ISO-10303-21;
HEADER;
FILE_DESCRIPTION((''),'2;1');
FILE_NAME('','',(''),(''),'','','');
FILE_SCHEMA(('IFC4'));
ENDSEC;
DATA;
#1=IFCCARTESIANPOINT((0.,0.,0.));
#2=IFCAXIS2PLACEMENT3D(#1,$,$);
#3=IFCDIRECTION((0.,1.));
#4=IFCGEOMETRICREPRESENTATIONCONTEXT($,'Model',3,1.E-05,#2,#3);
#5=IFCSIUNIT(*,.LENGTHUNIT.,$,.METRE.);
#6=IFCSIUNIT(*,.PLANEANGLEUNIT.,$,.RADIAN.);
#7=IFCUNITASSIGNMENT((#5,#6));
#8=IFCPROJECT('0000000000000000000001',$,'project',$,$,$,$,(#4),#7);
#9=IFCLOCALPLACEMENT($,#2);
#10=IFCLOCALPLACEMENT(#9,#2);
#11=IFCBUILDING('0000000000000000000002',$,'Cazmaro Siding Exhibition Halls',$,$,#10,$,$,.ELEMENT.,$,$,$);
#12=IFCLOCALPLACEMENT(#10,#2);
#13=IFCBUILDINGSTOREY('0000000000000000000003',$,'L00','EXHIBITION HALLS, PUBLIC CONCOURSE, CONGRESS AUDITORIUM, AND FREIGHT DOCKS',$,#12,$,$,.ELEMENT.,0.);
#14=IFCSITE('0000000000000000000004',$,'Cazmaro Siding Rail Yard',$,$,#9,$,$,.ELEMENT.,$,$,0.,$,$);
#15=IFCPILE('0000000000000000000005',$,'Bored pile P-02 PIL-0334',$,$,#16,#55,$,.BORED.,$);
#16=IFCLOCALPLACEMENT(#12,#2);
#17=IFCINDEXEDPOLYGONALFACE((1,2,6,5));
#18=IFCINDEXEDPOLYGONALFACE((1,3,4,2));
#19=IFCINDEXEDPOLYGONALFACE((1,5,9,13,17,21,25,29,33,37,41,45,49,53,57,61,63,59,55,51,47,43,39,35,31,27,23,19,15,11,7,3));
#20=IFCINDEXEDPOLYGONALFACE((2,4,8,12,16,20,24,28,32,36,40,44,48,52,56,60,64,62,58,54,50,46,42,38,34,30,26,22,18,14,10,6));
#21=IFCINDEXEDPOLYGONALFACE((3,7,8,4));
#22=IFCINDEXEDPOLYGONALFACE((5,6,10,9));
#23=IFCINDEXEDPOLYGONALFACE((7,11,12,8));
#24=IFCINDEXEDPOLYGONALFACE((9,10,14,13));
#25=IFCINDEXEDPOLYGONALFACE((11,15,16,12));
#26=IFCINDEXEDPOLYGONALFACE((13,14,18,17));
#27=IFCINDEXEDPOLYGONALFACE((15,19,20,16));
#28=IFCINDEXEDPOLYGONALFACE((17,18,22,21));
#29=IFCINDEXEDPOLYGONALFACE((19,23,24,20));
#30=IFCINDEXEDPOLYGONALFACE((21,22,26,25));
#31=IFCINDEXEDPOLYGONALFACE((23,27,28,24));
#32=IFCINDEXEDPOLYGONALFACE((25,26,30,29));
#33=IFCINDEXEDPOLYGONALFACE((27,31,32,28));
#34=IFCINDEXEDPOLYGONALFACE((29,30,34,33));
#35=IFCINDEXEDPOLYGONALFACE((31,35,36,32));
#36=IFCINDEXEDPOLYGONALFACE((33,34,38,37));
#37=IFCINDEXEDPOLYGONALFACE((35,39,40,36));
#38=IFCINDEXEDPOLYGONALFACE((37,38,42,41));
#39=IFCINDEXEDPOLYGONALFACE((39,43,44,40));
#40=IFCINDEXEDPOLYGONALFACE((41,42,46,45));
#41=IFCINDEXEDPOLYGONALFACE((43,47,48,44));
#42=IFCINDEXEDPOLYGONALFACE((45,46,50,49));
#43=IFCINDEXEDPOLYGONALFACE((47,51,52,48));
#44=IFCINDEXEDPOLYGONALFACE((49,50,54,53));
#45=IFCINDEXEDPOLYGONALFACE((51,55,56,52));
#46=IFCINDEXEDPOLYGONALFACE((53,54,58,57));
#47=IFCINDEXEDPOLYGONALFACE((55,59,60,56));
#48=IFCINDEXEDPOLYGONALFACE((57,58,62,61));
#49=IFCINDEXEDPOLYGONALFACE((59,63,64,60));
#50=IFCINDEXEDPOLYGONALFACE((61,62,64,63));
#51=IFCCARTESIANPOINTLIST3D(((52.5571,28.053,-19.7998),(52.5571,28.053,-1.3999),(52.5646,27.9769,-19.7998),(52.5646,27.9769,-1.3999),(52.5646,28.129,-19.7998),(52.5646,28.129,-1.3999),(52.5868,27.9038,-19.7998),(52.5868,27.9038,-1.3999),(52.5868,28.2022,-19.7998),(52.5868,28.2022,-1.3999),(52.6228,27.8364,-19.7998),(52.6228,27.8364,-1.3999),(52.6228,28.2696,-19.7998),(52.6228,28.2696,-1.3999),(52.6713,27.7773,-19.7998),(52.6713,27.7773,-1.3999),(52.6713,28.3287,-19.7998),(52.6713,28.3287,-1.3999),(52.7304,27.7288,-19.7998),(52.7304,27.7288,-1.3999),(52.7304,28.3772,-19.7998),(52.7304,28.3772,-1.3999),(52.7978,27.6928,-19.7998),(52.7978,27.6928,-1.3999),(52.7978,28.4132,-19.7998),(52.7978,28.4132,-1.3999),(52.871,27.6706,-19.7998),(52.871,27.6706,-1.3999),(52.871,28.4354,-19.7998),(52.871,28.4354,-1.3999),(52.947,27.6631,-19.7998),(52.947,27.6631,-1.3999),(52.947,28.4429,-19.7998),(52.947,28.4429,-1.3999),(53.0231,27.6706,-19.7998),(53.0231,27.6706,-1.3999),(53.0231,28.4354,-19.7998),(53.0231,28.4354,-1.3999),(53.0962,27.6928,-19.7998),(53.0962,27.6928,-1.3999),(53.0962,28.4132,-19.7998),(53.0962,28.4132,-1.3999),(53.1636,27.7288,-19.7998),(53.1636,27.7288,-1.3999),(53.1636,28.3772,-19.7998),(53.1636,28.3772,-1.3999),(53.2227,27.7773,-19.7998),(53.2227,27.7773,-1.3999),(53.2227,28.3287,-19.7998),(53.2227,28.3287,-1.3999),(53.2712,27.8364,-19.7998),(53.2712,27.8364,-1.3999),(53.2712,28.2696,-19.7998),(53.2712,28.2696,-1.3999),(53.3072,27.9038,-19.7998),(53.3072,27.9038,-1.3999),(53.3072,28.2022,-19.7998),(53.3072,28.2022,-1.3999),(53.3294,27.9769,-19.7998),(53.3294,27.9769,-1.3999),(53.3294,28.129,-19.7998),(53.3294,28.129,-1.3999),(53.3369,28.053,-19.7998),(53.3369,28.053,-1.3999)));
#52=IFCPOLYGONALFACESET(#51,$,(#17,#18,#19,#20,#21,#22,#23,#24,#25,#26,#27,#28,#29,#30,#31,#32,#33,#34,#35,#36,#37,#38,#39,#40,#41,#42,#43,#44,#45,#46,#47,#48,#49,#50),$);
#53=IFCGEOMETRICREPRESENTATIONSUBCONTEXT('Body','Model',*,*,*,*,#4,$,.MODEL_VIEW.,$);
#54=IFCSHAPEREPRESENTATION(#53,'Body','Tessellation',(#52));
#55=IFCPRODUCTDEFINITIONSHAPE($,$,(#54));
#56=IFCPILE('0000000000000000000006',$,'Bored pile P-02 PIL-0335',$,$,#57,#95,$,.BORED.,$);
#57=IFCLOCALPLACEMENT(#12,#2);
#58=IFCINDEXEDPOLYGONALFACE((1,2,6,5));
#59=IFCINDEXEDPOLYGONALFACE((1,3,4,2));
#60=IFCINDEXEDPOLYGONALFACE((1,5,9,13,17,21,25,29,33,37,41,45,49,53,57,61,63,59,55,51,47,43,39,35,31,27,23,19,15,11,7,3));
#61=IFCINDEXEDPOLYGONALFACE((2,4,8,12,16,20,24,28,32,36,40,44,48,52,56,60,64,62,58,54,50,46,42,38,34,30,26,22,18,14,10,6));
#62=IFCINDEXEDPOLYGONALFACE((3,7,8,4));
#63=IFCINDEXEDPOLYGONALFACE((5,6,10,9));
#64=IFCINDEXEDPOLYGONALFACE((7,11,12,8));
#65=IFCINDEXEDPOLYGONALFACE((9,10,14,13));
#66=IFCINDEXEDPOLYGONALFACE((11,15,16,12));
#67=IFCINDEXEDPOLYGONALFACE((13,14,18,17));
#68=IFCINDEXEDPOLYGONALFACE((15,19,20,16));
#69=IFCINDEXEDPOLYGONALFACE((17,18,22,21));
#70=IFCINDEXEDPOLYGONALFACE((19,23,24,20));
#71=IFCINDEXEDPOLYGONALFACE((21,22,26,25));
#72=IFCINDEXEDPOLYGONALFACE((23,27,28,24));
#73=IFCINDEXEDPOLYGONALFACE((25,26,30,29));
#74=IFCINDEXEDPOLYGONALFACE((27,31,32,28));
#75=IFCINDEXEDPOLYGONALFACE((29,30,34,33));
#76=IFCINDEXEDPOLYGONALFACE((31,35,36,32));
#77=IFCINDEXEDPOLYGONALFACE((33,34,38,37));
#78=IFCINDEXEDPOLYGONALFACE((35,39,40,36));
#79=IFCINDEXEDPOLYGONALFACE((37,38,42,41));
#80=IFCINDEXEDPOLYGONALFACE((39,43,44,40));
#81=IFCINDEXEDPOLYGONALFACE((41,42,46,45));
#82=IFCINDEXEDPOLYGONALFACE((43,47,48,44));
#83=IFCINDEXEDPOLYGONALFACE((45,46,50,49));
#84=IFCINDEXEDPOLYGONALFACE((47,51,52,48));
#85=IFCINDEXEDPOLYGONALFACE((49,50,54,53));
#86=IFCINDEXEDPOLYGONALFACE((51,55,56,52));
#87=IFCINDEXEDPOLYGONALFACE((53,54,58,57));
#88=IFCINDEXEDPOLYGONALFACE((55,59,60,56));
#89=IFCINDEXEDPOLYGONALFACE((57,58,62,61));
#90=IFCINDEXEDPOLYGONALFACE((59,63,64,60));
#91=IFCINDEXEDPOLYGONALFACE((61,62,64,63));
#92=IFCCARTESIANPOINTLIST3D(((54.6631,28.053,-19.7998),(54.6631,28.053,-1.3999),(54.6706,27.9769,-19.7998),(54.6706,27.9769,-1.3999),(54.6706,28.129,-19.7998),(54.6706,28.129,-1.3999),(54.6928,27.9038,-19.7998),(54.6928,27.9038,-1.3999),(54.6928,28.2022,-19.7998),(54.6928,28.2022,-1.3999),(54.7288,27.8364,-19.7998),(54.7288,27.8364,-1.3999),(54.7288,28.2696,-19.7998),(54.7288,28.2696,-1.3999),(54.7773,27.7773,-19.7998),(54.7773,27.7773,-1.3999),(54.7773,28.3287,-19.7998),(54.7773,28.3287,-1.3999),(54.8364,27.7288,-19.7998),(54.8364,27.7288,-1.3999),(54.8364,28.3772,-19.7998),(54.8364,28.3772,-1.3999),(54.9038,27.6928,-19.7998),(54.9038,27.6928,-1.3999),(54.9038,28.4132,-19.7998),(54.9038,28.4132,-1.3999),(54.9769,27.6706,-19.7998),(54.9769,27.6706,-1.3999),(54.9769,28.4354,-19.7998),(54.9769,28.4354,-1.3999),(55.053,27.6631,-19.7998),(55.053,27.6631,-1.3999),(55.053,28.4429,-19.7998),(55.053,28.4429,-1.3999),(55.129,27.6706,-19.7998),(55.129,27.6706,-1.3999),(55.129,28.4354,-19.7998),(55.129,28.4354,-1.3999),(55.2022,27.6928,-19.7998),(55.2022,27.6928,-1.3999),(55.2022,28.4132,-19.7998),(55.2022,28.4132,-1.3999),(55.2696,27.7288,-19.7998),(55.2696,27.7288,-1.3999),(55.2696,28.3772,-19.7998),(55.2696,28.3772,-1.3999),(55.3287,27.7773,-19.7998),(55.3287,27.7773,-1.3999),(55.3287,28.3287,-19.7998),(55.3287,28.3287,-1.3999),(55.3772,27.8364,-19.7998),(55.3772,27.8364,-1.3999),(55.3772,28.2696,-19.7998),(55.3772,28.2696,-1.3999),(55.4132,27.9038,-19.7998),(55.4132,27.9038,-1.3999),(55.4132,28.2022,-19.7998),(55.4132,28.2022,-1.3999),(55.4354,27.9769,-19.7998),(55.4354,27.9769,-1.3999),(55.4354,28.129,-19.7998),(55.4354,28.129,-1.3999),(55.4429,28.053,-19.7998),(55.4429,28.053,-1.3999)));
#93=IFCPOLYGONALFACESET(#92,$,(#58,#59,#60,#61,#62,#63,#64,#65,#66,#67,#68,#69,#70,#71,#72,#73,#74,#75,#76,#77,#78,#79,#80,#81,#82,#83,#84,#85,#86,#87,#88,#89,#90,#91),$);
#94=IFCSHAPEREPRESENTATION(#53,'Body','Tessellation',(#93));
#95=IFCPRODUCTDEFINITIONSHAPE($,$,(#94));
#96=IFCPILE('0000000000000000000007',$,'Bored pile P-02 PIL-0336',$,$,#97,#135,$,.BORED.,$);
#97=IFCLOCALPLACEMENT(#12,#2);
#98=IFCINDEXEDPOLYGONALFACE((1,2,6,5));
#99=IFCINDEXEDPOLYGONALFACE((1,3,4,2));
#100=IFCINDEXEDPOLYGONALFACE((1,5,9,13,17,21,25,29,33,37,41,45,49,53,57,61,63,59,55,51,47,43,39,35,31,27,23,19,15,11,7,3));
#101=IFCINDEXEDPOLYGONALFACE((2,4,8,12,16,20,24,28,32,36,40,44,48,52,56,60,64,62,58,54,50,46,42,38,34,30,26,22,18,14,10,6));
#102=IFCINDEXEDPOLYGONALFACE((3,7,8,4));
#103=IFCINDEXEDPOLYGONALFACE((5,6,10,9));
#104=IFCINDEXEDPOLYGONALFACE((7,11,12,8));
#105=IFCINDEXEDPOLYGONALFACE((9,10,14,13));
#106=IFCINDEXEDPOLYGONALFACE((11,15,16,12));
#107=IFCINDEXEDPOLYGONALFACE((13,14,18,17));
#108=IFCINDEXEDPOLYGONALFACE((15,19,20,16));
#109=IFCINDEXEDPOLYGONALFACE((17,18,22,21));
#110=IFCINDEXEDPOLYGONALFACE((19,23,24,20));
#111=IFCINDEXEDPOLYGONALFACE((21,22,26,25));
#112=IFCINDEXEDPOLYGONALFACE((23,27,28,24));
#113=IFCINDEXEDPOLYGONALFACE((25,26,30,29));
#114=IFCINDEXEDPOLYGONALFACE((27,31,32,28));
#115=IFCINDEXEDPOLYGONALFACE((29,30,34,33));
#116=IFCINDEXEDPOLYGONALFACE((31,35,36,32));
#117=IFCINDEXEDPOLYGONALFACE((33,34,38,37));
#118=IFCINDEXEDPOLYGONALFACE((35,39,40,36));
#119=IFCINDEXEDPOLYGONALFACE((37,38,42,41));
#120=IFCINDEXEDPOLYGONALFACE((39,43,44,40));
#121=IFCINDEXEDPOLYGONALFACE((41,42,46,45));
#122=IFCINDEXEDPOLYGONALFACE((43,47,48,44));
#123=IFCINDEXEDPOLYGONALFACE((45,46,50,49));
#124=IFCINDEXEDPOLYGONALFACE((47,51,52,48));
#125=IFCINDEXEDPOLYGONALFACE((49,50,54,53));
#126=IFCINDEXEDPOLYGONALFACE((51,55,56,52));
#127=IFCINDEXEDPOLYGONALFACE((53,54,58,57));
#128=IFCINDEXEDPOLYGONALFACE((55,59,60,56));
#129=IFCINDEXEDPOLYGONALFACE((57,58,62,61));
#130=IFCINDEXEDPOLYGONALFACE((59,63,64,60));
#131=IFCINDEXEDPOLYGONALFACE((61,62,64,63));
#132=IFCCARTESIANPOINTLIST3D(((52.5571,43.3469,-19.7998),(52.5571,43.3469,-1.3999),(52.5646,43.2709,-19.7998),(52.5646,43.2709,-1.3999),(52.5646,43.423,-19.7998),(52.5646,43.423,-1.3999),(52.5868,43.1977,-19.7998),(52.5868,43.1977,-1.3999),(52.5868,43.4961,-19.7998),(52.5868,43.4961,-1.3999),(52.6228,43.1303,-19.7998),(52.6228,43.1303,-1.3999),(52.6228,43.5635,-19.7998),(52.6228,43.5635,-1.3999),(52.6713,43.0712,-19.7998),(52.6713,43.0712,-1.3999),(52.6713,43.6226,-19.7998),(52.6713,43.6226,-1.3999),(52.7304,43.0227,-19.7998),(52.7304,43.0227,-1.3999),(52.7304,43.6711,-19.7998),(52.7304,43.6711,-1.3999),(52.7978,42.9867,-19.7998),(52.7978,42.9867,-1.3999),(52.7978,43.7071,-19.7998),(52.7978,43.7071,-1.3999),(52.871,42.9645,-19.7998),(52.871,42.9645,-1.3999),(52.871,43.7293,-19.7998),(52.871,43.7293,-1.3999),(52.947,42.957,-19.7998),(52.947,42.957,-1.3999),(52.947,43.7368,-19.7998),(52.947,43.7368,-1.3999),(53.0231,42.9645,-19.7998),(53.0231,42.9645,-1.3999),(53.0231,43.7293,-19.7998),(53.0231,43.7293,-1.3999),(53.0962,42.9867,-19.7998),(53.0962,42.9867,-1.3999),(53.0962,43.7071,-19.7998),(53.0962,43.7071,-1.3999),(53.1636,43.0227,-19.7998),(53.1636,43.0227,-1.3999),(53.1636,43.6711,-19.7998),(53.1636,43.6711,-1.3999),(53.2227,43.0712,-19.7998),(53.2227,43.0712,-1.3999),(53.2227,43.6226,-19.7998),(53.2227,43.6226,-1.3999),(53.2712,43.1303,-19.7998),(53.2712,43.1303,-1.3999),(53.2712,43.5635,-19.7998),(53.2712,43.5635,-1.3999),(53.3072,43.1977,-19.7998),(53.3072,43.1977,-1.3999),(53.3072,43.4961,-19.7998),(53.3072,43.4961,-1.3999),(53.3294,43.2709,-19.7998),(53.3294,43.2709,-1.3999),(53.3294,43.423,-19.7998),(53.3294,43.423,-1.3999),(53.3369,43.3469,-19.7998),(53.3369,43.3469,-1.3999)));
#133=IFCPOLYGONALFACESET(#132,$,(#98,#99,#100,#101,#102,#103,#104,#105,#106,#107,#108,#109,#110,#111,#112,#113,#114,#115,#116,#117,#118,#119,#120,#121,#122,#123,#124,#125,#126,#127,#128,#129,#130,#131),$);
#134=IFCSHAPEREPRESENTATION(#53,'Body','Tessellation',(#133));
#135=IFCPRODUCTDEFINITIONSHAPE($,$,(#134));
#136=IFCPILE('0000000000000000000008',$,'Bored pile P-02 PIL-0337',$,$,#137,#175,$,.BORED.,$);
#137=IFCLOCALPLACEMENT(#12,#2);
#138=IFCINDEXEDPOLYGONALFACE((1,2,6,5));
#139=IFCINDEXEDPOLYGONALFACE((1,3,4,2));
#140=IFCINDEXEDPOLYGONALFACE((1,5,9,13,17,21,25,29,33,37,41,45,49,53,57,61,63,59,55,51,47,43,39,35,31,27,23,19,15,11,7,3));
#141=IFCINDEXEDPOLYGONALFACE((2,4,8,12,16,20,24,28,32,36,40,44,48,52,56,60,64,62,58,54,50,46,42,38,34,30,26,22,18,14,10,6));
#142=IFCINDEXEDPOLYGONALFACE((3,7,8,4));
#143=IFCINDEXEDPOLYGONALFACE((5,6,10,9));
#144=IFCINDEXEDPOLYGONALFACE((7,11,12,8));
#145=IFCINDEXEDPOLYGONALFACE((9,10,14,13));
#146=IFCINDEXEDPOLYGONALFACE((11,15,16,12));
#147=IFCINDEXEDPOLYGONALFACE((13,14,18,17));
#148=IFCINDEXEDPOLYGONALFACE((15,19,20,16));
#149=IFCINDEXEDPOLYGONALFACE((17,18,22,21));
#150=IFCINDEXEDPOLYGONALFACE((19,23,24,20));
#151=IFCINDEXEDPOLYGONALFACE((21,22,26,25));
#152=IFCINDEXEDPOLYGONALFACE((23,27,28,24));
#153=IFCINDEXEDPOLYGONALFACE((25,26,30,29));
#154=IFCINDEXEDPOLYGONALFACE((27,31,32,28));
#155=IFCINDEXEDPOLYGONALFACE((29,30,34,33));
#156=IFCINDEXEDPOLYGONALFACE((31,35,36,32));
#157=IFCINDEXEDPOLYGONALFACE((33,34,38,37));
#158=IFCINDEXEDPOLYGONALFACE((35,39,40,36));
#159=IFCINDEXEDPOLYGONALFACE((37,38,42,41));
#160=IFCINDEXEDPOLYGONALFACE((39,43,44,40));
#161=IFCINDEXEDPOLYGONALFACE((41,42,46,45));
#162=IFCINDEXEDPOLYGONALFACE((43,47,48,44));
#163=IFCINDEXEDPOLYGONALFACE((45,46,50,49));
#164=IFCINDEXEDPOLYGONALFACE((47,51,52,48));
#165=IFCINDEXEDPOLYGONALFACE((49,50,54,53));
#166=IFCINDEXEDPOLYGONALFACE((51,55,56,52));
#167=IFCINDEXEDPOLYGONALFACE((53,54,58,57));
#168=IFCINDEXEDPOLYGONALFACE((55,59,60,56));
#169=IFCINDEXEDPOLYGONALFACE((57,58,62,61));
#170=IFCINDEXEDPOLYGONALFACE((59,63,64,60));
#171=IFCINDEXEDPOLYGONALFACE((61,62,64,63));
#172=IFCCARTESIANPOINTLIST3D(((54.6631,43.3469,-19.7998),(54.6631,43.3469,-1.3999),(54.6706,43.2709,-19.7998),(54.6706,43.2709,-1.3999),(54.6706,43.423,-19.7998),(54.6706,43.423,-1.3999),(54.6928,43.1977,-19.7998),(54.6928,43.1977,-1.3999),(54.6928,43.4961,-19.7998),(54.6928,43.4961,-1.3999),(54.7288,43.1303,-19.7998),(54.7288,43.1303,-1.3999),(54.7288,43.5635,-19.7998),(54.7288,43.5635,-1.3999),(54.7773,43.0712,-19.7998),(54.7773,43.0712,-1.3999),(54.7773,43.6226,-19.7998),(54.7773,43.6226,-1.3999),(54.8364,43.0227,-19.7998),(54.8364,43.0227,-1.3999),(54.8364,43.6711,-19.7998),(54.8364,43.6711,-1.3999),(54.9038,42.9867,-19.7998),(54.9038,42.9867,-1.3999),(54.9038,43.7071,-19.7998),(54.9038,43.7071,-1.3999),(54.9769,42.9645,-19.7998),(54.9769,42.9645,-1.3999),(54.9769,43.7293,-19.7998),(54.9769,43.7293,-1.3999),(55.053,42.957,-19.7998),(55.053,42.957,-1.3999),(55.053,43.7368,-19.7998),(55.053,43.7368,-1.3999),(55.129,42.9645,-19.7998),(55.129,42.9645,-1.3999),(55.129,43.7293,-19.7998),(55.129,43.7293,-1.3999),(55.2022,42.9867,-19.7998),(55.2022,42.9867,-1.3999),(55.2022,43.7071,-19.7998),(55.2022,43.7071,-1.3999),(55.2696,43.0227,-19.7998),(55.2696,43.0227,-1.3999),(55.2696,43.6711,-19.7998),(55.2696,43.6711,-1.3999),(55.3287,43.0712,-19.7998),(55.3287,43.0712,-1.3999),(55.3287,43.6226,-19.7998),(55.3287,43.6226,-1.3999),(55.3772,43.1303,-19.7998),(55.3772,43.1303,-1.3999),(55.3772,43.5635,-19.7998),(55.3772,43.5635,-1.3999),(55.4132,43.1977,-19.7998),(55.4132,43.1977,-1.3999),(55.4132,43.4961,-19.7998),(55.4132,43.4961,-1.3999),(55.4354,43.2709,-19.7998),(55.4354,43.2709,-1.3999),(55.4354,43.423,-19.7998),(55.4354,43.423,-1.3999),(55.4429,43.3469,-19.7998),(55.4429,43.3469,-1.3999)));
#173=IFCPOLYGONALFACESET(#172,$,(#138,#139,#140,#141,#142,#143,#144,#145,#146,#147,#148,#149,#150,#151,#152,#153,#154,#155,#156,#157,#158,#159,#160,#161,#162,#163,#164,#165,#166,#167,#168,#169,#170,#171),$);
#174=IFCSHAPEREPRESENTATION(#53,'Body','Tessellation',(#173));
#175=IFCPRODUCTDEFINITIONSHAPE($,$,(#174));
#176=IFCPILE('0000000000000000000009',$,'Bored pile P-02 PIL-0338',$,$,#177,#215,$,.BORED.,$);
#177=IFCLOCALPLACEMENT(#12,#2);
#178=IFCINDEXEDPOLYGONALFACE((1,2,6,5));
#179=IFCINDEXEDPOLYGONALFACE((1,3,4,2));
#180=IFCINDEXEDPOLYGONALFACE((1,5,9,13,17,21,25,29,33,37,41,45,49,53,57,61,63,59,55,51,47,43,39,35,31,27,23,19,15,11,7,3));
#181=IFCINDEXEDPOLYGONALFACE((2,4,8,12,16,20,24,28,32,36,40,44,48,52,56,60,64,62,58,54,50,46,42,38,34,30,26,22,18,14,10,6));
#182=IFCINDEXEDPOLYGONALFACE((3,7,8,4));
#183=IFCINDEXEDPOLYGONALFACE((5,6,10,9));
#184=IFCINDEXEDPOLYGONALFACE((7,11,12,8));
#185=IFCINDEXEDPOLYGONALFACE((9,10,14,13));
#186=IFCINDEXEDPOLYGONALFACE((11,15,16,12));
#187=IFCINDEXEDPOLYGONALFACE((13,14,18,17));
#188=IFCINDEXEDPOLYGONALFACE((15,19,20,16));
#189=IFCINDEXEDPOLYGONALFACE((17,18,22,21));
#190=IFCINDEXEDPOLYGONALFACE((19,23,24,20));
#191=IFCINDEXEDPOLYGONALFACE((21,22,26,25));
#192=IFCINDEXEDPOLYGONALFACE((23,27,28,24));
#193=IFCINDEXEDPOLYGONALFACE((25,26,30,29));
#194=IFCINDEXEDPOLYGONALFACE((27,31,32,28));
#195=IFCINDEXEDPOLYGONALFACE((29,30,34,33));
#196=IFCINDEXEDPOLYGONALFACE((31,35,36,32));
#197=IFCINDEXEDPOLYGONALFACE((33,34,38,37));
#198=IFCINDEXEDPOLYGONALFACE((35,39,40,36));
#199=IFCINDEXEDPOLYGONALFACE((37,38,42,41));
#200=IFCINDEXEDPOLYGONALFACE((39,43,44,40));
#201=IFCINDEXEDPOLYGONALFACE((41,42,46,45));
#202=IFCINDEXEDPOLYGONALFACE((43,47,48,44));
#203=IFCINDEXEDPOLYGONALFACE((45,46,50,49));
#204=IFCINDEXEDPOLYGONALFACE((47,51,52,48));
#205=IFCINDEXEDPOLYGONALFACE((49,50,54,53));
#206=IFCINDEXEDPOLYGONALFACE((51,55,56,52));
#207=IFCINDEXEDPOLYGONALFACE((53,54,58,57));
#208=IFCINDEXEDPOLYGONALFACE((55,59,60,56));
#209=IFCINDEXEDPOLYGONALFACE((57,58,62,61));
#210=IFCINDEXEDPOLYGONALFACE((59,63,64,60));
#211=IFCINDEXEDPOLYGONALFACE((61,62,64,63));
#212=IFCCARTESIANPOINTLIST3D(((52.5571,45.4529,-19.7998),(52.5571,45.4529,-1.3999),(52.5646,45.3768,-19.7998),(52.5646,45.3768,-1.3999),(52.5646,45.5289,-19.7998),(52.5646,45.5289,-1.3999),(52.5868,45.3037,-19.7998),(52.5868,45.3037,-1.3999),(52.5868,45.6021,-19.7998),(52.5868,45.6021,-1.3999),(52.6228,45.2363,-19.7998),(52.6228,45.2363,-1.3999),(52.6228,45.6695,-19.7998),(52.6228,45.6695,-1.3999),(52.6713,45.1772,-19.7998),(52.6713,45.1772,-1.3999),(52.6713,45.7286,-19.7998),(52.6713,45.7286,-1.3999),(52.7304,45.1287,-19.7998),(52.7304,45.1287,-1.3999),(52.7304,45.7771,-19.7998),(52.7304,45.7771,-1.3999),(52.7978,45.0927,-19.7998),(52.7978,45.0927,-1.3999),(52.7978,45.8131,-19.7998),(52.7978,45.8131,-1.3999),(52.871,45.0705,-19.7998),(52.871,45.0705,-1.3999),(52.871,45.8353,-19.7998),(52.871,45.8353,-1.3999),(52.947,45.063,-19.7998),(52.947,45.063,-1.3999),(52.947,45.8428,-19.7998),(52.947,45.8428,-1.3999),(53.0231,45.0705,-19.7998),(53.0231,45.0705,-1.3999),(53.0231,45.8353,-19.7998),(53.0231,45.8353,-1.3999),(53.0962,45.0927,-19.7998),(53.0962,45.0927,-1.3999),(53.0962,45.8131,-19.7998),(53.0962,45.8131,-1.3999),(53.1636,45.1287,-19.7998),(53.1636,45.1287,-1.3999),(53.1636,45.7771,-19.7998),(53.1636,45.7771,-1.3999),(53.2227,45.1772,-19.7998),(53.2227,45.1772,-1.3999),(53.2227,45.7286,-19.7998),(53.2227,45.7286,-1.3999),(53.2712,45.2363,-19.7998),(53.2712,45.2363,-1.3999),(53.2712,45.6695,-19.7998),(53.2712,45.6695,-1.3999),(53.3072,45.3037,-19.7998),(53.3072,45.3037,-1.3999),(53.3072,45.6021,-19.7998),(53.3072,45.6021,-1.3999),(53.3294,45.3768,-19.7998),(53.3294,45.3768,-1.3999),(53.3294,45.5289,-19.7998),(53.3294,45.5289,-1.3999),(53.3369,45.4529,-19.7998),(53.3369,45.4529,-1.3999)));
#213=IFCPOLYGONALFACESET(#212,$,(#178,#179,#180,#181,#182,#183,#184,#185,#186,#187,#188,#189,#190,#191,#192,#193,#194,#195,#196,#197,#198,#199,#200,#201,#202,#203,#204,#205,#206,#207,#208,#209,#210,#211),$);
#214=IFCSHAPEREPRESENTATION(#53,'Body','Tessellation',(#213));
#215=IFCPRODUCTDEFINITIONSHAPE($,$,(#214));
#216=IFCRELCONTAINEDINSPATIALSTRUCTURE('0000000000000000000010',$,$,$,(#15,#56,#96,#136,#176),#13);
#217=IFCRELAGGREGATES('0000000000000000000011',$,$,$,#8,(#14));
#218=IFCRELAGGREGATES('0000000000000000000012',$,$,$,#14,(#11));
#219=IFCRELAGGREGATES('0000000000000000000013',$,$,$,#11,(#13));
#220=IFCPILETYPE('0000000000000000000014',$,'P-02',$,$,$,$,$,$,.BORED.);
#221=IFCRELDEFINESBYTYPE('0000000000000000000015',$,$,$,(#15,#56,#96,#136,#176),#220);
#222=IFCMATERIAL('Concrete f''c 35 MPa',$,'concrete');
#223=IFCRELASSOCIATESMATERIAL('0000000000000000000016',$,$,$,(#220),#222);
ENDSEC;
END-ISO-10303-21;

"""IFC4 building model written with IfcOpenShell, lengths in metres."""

from ifc_helpers import new_model, si_unit, direction, frame, origin, origin_2d, place, context, subcontext, project, spatial, circle, extrude, material, material_profile, profile_set, type_object, element, save


model = new_model("IFC4")

# Units and contexts
model_context = context("Model", 3, precision=1e-05, world=origin(), true_north=direction((0.0, 1.0)))
body_context = subcontext(model_context, "Body", "Model", "MODEL_VIEW")
ifc_project = project(units=[si_unit("LENGTHUNIT", "METRE"), si_unit("PLANEANGLEUNIT", "RADIAN")], contexts=[model_context])

# Site, building, storey
site_placement = place(None, origin())
site = spatial("IfcSite", under=ifc_project, at=site_placement, Name="Cazmaro Siding Rail Yard", CompositionType="ELEMENT", RefElevation=0.0)
building_placement = place(site_placement, origin())
building = spatial("IfcBuilding", under=site, at=building_placement, Name="Cazmaro Siding Exhibition Halls", CompositionType="ELEMENT")
storey_placement = place(building_placement, origin())
storey = spatial("IfcBuildingStorey", under=building, at=storey_placement, Name="L00", Description="EXHIBITION HALLS, PUBLIC CONCOURSE, CONGRESS AUDITORIUM, AND FREIGHT DOCKS", CompositionType="ELEMENT", Elevation=0.0)

# Piles
ifc_material_1 = material(Name="Concrete f'c 35 MPa", Category="concrete")
ifc_material_profile_1 = material_profile(ifc_material_1, circle(Radius=0.3899, at=origin_2d()), Name="CIDH-780")
ifc_profile_set_1 = profile_set([ifc_material_profile_1], Name="Concrete f'c 35 MPa")
pile_type_1 = type_object("IfcPileType", Name="P-02", PredefinedType="BORED", material=ifc_profile_set_1)
for number, where, z_axis, x_axis, name in (
    (1, (52.947, 28.053, -1.3999), (0.0, 0.0, -1.0), (1.0, 0.0, 0.0), "Bored pile P-02 PIL-0334"),
    (2, (55.053, 28.053, -1.3999), (0.0, 0.0, -1.0), (1.0, 0.0, 0.0), "Bored pile P-02 PIL-0335"),
    (3, (52.947, 43.3469, -1.3999), (0.0, 0.0, -1.0), (1.0, 0.0, 0.0), "Bored pile P-02 PIL-0336"),
    (4, (55.053, 43.3469, -1.3999), (0.0, 0.0, -1.0), (1.0, 0.0, 0.0), "Bored pile P-02 PIL-0337"),
    (5, (52.947, 45.4529, -1.3999), (0.0, 0.0, -1.0), (1.0, 0.0, 0.0), "Bored pile P-02 PIL-0338"),
):
    element("IfcPile", number, at=place(storey_placement, frame(where, z_axis=z_axis, x_axis=x_axis)), inside=storey, type_object=pile_type_1, Name=name, PredefinedType="BORED", context=body_context, shape_type="SweptSolid", body=[
        extrude(circle(Radius=0.3899, at=origin_2d()), origin(), (0.0, 0.0, 1.0), 18.3999),
    ])

save(model, "model.ifc")
